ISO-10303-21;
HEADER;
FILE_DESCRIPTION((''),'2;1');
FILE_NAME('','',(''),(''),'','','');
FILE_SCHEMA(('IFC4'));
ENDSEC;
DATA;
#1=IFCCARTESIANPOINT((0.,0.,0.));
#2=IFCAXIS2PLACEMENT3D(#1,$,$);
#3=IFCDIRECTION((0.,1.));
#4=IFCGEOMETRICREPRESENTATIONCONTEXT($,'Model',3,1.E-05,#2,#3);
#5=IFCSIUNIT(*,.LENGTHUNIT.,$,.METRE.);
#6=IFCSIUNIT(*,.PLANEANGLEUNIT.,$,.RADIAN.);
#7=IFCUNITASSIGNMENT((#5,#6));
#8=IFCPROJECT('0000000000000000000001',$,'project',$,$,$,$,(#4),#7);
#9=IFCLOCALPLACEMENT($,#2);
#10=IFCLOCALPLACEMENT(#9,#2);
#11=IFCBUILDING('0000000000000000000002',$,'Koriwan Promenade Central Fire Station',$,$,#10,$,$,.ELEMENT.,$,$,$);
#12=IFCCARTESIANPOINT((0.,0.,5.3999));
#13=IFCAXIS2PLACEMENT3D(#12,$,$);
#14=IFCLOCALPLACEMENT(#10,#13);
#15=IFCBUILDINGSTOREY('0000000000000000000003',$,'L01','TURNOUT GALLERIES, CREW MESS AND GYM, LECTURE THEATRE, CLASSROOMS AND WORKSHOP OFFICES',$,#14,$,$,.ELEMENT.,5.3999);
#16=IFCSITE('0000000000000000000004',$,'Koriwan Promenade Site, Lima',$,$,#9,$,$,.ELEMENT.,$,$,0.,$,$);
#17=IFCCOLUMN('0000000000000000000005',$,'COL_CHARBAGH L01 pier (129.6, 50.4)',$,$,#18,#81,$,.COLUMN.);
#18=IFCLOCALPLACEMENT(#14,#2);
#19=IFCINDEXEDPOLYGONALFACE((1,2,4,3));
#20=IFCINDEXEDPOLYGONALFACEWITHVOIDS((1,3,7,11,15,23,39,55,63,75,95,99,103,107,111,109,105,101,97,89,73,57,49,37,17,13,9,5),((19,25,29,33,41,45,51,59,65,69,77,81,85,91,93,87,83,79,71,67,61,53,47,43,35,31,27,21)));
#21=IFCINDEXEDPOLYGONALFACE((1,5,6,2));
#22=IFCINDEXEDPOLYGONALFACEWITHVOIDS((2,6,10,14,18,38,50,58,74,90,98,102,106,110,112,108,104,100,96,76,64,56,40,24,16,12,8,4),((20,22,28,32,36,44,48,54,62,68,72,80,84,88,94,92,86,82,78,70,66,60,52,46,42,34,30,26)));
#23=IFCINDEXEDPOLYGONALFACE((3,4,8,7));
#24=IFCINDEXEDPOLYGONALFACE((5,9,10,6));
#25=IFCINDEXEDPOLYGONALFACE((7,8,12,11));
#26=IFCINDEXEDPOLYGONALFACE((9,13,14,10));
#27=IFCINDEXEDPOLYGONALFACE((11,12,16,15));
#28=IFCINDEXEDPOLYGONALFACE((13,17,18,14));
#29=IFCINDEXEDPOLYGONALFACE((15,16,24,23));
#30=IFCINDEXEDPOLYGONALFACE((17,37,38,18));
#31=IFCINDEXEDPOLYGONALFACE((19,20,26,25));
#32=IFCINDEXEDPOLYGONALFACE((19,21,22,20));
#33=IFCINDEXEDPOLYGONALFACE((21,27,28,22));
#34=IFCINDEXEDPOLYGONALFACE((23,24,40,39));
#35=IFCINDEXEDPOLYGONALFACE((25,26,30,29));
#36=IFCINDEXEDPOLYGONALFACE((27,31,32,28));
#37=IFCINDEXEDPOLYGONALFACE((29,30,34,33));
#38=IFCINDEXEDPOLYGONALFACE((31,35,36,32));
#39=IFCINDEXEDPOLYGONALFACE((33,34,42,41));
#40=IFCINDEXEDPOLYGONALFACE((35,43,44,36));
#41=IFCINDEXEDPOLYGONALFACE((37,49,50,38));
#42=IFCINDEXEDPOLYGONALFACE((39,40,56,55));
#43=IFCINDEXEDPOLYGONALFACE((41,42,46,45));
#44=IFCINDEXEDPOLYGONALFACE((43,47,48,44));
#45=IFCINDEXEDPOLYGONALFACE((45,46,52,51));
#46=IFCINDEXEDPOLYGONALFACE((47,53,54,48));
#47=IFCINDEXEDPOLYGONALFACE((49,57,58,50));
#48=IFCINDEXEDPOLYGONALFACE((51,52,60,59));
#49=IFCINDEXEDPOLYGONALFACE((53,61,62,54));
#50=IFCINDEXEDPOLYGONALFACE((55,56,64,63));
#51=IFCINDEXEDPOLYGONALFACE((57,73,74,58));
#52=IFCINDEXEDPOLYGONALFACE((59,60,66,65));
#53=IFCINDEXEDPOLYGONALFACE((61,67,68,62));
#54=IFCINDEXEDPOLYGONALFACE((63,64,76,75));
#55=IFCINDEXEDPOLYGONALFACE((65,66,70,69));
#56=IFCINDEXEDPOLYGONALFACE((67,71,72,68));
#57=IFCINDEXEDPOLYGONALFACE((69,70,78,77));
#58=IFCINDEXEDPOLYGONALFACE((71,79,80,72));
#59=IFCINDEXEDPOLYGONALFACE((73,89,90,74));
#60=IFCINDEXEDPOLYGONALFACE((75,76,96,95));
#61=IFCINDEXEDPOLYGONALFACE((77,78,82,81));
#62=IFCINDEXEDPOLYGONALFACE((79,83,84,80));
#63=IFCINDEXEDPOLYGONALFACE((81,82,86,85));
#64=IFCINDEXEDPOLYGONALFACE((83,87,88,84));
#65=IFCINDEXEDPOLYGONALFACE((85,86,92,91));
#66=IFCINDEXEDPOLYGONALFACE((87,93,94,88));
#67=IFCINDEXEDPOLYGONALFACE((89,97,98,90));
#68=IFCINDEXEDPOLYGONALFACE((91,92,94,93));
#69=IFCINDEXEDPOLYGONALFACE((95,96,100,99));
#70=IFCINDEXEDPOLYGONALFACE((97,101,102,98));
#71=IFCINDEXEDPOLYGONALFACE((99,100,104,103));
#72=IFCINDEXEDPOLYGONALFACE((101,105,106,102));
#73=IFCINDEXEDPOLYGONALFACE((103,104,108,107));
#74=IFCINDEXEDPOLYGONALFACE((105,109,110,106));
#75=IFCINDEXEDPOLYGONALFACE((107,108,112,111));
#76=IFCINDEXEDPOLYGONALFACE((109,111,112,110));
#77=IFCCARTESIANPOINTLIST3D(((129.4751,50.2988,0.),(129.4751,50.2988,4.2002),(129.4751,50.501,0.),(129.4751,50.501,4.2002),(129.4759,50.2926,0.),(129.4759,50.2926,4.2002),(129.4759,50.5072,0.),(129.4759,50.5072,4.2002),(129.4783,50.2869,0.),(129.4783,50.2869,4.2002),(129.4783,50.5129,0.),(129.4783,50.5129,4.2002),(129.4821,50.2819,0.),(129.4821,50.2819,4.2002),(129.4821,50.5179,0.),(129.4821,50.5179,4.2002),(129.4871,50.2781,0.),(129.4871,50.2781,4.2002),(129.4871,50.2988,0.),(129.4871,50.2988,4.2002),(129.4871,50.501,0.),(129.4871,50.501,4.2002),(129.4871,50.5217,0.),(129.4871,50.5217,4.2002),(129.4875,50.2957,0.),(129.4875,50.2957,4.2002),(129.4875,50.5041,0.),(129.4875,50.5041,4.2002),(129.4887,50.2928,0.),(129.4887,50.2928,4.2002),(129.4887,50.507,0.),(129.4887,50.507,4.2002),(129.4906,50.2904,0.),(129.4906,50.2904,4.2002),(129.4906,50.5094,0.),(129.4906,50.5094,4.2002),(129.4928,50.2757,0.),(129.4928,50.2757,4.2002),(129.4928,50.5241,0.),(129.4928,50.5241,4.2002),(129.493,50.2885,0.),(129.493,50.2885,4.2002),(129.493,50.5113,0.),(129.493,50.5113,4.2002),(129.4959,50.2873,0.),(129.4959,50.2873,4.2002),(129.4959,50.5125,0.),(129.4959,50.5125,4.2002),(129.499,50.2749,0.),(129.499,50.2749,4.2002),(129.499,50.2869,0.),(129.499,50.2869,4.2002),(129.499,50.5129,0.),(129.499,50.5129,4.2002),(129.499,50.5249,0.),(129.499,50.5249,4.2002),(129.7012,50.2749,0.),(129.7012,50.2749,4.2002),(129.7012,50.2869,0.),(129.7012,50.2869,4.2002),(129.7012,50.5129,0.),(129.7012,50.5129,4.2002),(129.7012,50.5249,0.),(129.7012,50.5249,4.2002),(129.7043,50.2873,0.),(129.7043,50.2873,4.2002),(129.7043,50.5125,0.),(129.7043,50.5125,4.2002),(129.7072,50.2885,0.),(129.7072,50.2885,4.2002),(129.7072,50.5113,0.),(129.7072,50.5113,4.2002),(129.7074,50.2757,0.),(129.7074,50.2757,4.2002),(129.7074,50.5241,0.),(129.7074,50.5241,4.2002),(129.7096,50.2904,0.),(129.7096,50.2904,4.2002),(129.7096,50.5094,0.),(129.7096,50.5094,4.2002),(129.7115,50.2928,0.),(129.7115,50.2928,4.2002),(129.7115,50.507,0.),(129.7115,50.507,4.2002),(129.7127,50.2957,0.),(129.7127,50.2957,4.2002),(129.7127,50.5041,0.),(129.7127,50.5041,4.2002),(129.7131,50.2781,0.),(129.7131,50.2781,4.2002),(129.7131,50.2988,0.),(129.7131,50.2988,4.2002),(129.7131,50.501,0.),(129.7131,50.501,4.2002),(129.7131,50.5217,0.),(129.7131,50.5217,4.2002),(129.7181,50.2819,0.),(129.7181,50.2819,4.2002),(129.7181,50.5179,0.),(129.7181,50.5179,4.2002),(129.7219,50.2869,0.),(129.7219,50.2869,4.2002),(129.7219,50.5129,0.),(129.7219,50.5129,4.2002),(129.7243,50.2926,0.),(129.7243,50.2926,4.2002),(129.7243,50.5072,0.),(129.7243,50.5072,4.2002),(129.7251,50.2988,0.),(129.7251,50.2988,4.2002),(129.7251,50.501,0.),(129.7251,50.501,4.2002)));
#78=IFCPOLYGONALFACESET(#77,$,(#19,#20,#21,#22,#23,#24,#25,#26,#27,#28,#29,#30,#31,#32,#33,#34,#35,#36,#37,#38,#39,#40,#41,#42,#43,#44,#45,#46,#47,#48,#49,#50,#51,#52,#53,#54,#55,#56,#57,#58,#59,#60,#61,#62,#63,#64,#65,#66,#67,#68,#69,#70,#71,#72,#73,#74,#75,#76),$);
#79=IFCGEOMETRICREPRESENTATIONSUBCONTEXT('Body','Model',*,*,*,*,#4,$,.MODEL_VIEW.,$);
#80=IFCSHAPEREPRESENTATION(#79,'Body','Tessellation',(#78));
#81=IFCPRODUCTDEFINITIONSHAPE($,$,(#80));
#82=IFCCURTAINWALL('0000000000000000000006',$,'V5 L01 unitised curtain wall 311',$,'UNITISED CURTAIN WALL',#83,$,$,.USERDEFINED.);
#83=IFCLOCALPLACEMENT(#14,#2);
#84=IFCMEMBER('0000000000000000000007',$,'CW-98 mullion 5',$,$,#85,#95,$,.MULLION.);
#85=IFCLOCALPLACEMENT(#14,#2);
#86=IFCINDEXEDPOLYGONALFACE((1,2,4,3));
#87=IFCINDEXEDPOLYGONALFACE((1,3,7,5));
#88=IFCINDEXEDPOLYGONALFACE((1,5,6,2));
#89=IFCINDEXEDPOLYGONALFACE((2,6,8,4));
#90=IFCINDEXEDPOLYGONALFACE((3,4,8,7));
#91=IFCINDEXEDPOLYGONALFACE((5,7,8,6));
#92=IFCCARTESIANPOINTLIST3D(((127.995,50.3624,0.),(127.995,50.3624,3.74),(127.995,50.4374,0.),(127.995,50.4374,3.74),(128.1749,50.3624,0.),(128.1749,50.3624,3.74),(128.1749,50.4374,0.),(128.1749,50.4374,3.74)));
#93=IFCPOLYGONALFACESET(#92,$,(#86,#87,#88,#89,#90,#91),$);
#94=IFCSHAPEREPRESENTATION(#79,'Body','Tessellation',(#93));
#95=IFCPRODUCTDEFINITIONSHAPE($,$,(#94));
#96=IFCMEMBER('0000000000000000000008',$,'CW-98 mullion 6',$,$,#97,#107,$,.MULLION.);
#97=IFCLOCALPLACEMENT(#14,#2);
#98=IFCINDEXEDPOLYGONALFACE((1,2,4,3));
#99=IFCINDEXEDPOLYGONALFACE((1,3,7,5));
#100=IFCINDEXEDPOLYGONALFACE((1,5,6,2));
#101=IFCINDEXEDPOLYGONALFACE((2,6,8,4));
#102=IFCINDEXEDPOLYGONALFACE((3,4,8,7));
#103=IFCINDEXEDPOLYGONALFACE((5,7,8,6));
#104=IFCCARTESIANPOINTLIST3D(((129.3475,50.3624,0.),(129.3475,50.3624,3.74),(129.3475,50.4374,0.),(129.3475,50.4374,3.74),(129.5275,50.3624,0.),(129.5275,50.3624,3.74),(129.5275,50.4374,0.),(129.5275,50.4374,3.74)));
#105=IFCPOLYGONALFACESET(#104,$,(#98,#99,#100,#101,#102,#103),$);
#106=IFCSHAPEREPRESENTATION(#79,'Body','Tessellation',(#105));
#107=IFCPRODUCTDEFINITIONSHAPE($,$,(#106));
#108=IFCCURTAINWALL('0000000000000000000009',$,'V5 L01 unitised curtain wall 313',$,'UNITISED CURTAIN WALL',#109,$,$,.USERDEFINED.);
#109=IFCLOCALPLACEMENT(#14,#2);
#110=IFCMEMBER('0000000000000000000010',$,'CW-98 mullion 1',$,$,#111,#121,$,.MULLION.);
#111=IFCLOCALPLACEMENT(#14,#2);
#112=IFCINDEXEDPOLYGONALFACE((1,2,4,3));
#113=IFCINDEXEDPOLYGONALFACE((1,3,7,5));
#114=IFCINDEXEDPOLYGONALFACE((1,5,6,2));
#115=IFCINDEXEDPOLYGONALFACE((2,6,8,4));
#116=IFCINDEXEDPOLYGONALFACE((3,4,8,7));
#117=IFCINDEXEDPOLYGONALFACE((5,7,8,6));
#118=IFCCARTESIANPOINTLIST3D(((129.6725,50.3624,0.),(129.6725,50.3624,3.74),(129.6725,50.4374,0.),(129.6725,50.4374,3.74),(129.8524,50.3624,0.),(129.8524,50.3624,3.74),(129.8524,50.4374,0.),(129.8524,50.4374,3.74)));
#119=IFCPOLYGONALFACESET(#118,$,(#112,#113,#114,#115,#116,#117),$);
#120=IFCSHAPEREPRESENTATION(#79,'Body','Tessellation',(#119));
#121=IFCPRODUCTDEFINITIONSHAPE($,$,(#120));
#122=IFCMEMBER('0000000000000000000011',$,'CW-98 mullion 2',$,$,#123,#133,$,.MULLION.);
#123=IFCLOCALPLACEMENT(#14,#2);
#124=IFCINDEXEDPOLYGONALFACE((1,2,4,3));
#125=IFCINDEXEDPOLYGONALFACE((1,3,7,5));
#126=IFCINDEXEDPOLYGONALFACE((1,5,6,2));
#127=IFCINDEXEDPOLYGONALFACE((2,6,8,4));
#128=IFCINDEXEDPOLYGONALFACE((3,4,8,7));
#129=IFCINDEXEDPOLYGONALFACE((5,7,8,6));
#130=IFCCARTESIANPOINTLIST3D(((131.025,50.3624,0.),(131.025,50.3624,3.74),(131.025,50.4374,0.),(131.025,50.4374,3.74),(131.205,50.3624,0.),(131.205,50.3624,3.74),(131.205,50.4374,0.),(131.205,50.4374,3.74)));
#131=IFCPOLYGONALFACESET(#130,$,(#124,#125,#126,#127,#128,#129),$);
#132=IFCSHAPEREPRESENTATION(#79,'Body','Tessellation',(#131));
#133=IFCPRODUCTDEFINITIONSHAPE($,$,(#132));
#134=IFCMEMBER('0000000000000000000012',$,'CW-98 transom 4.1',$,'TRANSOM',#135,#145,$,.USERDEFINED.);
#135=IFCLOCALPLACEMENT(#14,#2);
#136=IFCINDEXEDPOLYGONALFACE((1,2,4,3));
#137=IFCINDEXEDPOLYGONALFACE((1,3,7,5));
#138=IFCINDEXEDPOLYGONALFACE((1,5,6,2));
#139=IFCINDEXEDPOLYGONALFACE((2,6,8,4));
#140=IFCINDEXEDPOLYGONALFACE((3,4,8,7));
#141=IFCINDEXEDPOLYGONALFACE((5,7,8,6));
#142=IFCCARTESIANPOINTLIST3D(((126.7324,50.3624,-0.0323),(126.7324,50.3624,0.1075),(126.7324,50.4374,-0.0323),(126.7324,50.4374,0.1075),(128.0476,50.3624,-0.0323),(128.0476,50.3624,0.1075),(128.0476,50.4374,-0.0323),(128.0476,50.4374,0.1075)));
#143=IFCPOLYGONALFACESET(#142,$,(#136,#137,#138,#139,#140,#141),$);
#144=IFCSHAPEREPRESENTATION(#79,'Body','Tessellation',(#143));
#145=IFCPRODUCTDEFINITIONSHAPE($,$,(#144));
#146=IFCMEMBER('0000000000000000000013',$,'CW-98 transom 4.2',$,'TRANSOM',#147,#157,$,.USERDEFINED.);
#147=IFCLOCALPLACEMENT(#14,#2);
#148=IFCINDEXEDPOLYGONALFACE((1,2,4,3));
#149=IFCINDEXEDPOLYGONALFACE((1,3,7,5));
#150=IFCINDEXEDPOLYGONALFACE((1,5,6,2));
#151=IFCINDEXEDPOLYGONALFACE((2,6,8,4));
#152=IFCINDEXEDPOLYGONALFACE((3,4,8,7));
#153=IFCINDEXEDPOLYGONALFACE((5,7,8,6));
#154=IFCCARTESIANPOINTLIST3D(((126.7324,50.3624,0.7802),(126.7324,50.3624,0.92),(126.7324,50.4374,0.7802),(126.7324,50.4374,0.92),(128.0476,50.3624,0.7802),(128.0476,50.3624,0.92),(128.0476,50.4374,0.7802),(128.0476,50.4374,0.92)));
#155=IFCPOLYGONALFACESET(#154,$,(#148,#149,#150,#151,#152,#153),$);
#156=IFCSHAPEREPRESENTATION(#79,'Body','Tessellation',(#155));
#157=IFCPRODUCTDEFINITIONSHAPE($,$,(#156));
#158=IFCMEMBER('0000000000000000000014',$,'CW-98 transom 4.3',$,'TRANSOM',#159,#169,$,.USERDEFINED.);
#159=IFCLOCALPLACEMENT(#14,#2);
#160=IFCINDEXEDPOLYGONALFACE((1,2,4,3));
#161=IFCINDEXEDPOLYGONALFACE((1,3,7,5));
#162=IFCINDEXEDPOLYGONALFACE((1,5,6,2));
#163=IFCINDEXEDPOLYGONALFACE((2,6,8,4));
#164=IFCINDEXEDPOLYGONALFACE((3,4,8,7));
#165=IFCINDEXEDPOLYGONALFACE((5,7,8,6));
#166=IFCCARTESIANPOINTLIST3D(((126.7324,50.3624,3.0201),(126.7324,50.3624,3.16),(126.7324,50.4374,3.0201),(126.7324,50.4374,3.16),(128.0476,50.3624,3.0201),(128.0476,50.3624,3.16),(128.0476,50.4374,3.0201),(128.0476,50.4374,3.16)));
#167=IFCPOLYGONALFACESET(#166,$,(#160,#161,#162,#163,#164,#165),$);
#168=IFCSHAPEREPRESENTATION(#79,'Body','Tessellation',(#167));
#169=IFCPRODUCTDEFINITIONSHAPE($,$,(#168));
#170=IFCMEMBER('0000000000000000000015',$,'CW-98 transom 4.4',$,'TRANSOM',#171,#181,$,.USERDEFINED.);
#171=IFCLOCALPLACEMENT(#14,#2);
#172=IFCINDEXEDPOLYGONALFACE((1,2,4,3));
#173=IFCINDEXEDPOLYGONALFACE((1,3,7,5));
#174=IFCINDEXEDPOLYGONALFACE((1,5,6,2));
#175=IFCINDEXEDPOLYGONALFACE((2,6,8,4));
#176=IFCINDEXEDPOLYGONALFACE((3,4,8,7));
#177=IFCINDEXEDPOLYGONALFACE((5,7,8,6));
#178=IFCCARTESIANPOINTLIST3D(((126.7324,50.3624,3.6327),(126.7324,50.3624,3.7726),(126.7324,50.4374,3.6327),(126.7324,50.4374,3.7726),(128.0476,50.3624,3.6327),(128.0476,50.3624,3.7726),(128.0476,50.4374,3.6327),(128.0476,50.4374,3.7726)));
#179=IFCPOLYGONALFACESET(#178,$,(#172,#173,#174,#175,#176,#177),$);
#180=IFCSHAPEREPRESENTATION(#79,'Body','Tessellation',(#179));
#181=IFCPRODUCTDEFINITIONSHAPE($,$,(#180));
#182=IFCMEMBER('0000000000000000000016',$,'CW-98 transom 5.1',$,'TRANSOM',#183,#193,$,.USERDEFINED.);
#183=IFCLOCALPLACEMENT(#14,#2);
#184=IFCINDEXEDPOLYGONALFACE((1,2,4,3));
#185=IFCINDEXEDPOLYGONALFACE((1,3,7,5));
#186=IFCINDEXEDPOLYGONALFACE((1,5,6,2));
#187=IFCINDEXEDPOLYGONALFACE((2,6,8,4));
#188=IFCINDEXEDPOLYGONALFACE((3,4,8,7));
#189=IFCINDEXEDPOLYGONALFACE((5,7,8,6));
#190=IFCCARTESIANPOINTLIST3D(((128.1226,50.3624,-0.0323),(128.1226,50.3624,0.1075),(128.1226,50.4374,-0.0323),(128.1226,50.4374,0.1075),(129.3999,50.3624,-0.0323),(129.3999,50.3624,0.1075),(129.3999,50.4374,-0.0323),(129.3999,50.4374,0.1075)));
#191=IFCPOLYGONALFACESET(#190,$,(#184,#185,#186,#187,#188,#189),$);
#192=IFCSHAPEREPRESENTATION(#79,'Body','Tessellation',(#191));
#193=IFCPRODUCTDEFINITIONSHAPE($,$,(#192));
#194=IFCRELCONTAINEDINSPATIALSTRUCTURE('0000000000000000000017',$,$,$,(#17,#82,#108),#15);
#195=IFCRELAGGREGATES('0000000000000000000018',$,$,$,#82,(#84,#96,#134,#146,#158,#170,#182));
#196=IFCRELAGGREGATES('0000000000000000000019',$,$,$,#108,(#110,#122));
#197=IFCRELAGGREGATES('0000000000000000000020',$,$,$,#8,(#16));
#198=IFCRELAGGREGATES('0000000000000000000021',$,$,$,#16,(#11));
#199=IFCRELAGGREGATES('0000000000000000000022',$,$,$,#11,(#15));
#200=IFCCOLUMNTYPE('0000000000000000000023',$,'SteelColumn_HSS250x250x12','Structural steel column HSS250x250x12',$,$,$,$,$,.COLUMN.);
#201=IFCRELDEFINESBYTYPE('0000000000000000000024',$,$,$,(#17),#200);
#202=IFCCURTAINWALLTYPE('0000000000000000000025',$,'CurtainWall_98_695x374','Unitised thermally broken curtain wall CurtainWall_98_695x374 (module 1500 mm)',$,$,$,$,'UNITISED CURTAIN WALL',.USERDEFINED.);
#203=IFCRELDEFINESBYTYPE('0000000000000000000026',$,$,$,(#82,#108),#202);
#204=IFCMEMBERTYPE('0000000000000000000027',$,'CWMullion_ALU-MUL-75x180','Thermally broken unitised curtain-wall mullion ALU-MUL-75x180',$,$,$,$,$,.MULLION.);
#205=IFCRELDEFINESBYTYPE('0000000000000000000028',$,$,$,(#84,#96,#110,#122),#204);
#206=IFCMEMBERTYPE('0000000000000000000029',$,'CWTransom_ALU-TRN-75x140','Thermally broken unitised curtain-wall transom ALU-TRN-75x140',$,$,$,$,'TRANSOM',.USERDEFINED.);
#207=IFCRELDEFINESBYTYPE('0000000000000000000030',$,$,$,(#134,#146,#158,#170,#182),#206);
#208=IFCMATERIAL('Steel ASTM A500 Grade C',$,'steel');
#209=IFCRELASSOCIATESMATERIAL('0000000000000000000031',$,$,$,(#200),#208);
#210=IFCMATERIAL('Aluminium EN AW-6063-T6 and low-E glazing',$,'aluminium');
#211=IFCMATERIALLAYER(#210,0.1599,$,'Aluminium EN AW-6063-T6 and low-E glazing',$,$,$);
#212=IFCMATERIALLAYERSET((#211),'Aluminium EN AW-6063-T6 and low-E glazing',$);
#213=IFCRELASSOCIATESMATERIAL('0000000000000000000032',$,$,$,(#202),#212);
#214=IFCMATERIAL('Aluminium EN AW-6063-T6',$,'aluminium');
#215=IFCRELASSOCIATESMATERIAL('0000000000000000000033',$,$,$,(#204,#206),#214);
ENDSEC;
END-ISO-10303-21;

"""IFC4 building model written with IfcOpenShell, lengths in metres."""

from ifc_helpers import new_model, si_unit, direction, frame, origin, origin_2d, place, context, subcontext, project, spatial, rectangle, hollow_rectangle, extrude, material, layer, layer_set, material_profile, profile_set, type_object, element, aggregate, save


model = new_model("IFC4")

# Units and contexts
model_context = context("Model", 3, precision=1e-05, world=origin(), true_north=direction((0.0, 1.0)))
body_context = subcontext(model_context, "Body", "Model", "MODEL_VIEW")
ifc_project = project(units=[si_unit("LENGTHUNIT", "METRE"), si_unit("PLANEANGLEUNIT", "RADIAN")], contexts=[model_context])

# Site, building, storey
site_placement = place(None, origin())
site = spatial("IfcSite", under=ifc_project, at=site_placement, Name="Koriwan Promenade Site, Lima", CompositionType="ELEMENT", RefElevation=0.0)
building_placement = place(site_placement, origin())
building = spatial("IfcBuilding", under=site, at=building_placement, Name="Koriwan Promenade Central Fire Station", CompositionType="ELEMENT")
storey_placement = place(building_placement, frame((0.0, 0.0, 5.3999)))
storey = spatial("IfcBuildingStorey", under=building, at=storey_placement, Name="L01", Description="TURNOUT GALLERIES, CREW MESS AND GYM, LECTURE THEATRE, CLASSROOMS AND WORKSHOP OFFICES", CompositionType="ELEMENT", Elevation=5.3999)

# Column
ifc_material_1 = material(Name="Steel ASTM A500 Grade C", Category="steel")
ifc_material_profile_1 = material_profile(ifc_material_1, hollow_rectangle(XDim=0.25, YDim=0.25, WallThickness=0.012, InnerFilletRadius=0.012, OuterFilletRadius=0.0239, at=origin_2d()), Name="HSS250x250x12")
ifc_profile_set_1 = profile_set([ifc_material_profile_1], Name="Steel ASTM A500 Grade C")
column_type = type_object("IfcColumnType", Name="SteelColumn_HSS250x250x12", Description="Structural steel column HSS250x250x12", PredefinedType="COLUMN", material=ifc_profile_set_1)
column_placement = place(storey_placement, frame((129.6001, 50.3999, 0.0), z_axis=(0.0, 0.0, 1.0), x_axis=(1.0, 0.0, 0.0)))
element("IfcColumn", 1, at=column_placement, inside=storey, type_object=column_type, Name="COL_CHARBAGH L01 pier (129.6, 50.4)", PredefinedType="COLUMN", context=body_context, shape_type="SweptSolid", body=[
    extrude(hollow_rectangle(XDim=0.25, YDim=0.25, WallThickness=0.012, InnerFilletRadius=0.012, OuterFilletRadius=0.0239, at=origin_2d()), origin(), (0.0, 0.0, 1.0), 4.2002),
])

# Curtain walls, members
ifc_material_2 = material(Name="Aluminium EN AW-6063-T6 and low-E glazing", Category="aluminium")
ifc_layer_1 = layer(ifc_material_2, 0.1599, Name="Aluminium EN AW-6063-T6 and low-E glazing")
ifc_layer_set_1 = layer_set([ifc_layer_1], Name="Aluminium EN AW-6063-T6 and low-E glazing")
curtain_wall_type = type_object("IfcCurtainWallType", Name="CurtainWall_98_695x374", Description="Unitised thermally broken curtain wall CurtainWall_98_695x374 (module 1500 mm)", ElementType="UNITISED CURTAIN WALL", PredefinedType="USERDEFINED", material=ifc_layer_set_1)
curtain_wall_1_placement = place(storey_placement, origin())
curtain_wall_1 = element("IfcCurtainWall", 2, at=curtain_wall_1_placement, inside=storey, type_object=curtain_wall_type, Name="V5 L01 unitised curtain wall 311", ObjectType="UNITISED CURTAIN WALL", PredefinedType="USERDEFINED")
ifc_material_3 = material(Name="Aluminium EN AW-6063-T6", Category="aluminium")
ifc_material_profile_2 = material_profile(ifc_material_3, rectangle(XDim=0.075, YDim=0.1799, at=origin_2d()), Name="ALU-MUL-75x180")
ifc_profile_set_2 = profile_set([ifc_material_profile_2], Name="Aluminium EN AW-6063-T6")
member_type_1 = type_object("IfcMemberType", Name="CWMullion_ALU-MUL-75x180", Description="Thermally broken unitised curtain-wall mullion ALU-MUL-75x180", PredefinedType="MULLION", material=ifc_profile_set_2)
member_1_placement = place(storey_placement, frame((128.085, 50.3999, 0.0), z_axis=(0.0, 0.0, 1.0), x_axis=(0.0, 1.0, 0.0)))
member_1 = element("IfcMember", 3, at=member_1_placement, type_object=member_type_1, Name="CW-98 mullion 5", PredefinedType="MULLION", context=body_context, shape_type="SweptSolid", body=[
    extrude(rectangle(XDim=0.075, YDim=0.1799, at=origin_2d()), origin(), (0.0, 0.0, 1.0), 3.74),
])
member_2_placement = place(storey_placement, frame((129.4375, 50.3999, 0.0), z_axis=(0.0, 0.0, 1.0), x_axis=(0.0, 1.0, 0.0)))
member_2 = element("IfcMember", 4, at=member_2_placement, type_object=member_type_1, Name="CW-98 mullion 6", PredefinedType="MULLION", context=body_context, shape_type="SweptSolid", body=[
    extrude(rectangle(XDim=0.075, YDim=0.1799, at=origin_2d()), origin(), (0.0, 0.0, 1.0), 3.74),
])
curtain_wall_2_placement = place(storey_placement, origin())
curtain_wall_2 = element("IfcCurtainWall", 5, at=curtain_wall_2_placement, inside=storey, type_object=curtain_wall_type, Name="V5 L01 unitised curtain wall 313", ObjectType="UNITISED CURTAIN WALL", PredefinedType="USERDEFINED")
member_3_placement = place(storey_placement, frame((129.7625, 50.3999, 0.0), z_axis=(0.0, 0.0, 1.0), x_axis=(0.0, 1.0, 0.0)))
member_3 = element("IfcMember", 6, at=member_3_placement, type_object=member_type_1, Name="CW-98 mullion 1", PredefinedType="MULLION", context=body_context, shape_type="SweptSolid", body=[
    extrude(rectangle(XDim=0.075, YDim=0.1799, at=origin_2d()), origin(), (0.0, 0.0, 1.0), 3.74),
])
member_4_placement = place(storey_placement, frame((131.115, 50.3999, 0.0), z_axis=(0.0, 0.0, 1.0), x_axis=(0.0, 1.0, 0.0)))
member_4 = element("IfcMember", 7, at=member_4_placement, type_object=member_type_1, Name="CW-98 mullion 2", PredefinedType="MULLION", context=body_context, shape_type="SweptSolid", body=[
    extrude(rectangle(XDim=0.075, YDim=0.1799, at=origin_2d()), origin(), (0.0, 0.0, 1.0), 3.74),
])

# Members
ifc_material_profile_3 = material_profile(ifc_material_3, rectangle(XDim=0.075, YDim=0.1399, at=origin_2d()), Name="ALU-TRN-75x140")
ifc_profile_set_3 = profile_set([ifc_material_profile_3], Name="Aluminium EN AW-6063-T6")
member_type_2 = type_object("IfcMemberType", Name="CWTransom_ALU-TRN-75x140", Description="Thermally broken unitised curtain-wall transom ALU-TRN-75x140", ElementType="TRANSOM", PredefinedType="USERDEFINED", material=ifc_profile_set_3)
member_5_placement = place(storey_placement, frame((126.7324, 50.3999, 0.0376), z_axis=(1.0, 0.0, 0.0), x_axis=(0.0, 1.0, 0.0)))
member_5 = element("IfcMember", 8, at=member_5_placement, type_object=member_type_2, Name="CW-98 transom 4.1", ObjectType="TRANSOM", PredefinedType="USERDEFINED", context=body_context, shape_type="SweptSolid", body=[
    extrude(rectangle(XDim=0.075, YDim=0.1399, at=origin_2d()), origin(), (0.0, 0.0, 1.0), 1.3152),
])
member_6_placement = place(storey_placement, frame((126.7324, 50.3999, 0.8501), z_axis=(1.0, 0.0, 0.0), x_axis=(0.0, 1.0, 0.0)))
member_6 = element("IfcMember", 9, at=member_6_placement, type_object=member_type_2, Name="CW-98 transom 4.2", ObjectType="TRANSOM", PredefinedType="USERDEFINED", context=body_context, shape_type="SweptSolid", body=[
    extrude(rectangle(XDim=0.075, YDim=0.1399, at=origin_2d()), origin(), (0.0, 0.0, 1.0), 1.3152),
])
member_7_placement = place(storey_placement, frame((126.7324, 50.3999, 3.0901), z_axis=(1.0, 0.0, 0.0), x_axis=(0.0, 1.0, 0.0)))
member_7 = element("IfcMember", 10, at=member_7_placement, type_object=member_type_2, Name="CW-98 transom 4.3", ObjectType="TRANSOM", PredefinedType="USERDEFINED", context=body_context, shape_type="SweptSolid", body=[
    extrude(rectangle(XDim=0.075, YDim=0.1399, at=origin_2d()), origin(), (0.0, 0.0, 1.0), 1.3152),
])
member_8_placement = place(storey_placement, frame((126.7324, 50.3999, 3.7026), z_axis=(1.0, 0.0, 0.0), x_axis=(0.0, 1.0, 0.0)))
member_8 = element("IfcMember", 11, at=member_8_placement, type_object=member_type_2, Name="CW-98 transom 4.4", ObjectType="TRANSOM", PredefinedType="USERDEFINED", context=body_context, shape_type="SweptSolid", body=[
    extrude(rectangle(XDim=0.075, YDim=0.1399, at=origin_2d()), origin(), (0.0, 0.0, 1.0), 1.3152),
])
member_9_placement = place(storey_placement, frame((128.1226, 50.3999, 0.0376), z_axis=(1.0, 0.0, 0.0), x_axis=(0.0, 1.0, 0.0)))
member_9 = element("IfcMember", 12, at=member_9_placement, type_object=member_type_2, Name="CW-98 transom 5.1", ObjectType="TRANSOM", PredefinedType="USERDEFINED", context=body_context, shape_type="SweptSolid", body=[
    extrude(rectangle(XDim=0.075, YDim=0.1399, at=origin_2d()), origin(), (0.0, 0.0, 1.0), 1.2773),
])

aggregate(curtain_wall_1, [member_1, member_2, member_5, member_6, member_7, member_8, member_9])
aggregate(curtain_wall_2, [member_3, member_4])

save(model, "model.ifc")
